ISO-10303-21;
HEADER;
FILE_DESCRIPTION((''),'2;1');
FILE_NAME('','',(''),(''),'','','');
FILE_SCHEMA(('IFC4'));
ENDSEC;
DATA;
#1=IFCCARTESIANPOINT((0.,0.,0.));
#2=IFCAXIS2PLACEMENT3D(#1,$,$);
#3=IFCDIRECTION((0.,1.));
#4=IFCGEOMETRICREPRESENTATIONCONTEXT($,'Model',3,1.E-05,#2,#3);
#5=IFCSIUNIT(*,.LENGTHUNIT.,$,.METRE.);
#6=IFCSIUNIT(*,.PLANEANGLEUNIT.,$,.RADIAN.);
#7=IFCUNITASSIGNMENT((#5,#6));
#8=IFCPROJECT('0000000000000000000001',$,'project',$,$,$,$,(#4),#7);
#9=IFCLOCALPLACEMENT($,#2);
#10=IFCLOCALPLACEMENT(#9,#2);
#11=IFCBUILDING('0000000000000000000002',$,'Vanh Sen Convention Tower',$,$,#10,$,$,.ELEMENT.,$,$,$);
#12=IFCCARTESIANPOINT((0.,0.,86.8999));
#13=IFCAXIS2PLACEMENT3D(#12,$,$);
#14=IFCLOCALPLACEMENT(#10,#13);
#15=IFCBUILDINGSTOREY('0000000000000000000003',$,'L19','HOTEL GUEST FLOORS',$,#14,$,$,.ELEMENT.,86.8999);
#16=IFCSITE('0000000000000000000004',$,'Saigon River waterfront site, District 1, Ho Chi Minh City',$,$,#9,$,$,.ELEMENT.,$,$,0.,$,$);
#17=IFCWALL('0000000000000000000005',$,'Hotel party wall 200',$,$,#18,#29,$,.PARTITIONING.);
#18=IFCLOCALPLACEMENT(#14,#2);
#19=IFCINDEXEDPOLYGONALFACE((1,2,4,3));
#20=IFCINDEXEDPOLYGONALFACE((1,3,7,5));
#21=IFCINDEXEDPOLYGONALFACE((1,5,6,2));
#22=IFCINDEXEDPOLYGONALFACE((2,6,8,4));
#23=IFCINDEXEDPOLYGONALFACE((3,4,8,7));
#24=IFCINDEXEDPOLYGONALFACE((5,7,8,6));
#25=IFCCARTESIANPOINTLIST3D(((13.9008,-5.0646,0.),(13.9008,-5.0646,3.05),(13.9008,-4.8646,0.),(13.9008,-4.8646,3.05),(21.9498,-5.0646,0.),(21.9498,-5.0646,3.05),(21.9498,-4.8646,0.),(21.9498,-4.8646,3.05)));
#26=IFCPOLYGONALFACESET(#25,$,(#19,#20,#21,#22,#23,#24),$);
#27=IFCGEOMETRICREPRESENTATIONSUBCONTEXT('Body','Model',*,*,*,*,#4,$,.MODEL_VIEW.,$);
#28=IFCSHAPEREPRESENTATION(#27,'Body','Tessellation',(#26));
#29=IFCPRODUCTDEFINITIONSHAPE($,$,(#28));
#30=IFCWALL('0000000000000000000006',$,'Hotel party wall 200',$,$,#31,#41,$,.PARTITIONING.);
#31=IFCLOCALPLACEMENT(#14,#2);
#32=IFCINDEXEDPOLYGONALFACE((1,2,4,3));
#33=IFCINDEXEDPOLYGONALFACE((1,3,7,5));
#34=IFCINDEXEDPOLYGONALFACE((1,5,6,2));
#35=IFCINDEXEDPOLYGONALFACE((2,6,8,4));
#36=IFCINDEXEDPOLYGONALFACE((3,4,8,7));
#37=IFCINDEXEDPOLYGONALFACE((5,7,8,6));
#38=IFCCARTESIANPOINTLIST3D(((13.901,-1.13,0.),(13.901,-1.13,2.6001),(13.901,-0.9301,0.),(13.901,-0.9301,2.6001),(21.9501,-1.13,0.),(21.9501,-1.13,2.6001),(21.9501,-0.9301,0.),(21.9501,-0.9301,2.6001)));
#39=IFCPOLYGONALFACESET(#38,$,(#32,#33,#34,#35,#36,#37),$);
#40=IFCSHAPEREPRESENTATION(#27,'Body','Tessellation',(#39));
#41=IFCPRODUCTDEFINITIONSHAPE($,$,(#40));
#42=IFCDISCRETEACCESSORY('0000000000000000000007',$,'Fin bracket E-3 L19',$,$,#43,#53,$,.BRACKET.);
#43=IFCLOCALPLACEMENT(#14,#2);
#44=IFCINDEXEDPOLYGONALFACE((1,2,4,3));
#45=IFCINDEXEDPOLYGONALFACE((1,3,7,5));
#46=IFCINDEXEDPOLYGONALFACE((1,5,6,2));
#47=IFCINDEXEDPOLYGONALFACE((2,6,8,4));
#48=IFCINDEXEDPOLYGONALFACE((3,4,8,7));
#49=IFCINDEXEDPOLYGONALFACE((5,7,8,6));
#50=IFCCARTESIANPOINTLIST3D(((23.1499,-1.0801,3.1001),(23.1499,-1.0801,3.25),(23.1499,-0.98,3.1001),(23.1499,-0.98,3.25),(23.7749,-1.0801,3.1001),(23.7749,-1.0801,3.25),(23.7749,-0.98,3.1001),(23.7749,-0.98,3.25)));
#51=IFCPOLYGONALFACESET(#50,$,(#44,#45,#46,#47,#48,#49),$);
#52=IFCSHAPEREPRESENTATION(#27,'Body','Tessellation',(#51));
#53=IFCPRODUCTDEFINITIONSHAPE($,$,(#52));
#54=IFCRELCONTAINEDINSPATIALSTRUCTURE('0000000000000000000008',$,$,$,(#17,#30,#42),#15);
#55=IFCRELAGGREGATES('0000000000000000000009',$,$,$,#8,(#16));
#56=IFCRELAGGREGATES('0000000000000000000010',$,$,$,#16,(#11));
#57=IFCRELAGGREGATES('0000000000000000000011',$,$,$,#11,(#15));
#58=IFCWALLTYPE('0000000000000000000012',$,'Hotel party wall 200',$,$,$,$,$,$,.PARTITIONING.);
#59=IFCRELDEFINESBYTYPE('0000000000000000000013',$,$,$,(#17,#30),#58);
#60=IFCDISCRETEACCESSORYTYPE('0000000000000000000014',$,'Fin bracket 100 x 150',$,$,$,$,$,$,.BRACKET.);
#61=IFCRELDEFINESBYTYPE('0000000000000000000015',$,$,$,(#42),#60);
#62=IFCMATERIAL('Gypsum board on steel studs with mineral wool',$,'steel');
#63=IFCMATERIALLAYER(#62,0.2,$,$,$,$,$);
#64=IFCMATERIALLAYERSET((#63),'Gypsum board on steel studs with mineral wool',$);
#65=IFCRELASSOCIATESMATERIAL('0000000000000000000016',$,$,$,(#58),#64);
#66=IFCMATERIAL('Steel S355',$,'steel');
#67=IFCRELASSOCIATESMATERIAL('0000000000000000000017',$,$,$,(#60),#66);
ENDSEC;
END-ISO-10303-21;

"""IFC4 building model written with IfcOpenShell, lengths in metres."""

from ifc_helpers import new_model, si_unit, direction, frame, frame_2d, origin, origin_2d, place, context, subcontext, project, spatial, rectangle, extrude, material, layer, layer_set, type_object, element, save


model = new_model("IFC4")

# Units and contexts
model_context = context("Model", 3, precision=1e-05, world=origin(), true_north=direction((0.0, 1.0)))
body_context = subcontext(model_context, "Body", "Model", "MODEL_VIEW")
ifc_project = project(units=[si_unit("LENGTHUNIT", "METRE"), si_unit("PLANEANGLEUNIT", "RADIAN")], contexts=[model_context])

# Site, building, storey
site_placement = place(None, origin())
site = spatial("IfcSite", under=ifc_project, at=site_placement, Name="Saigon River waterfront site, District 1, Ho Chi Minh City", CompositionType="ELEMENT", RefElevation=0.0)
building_placement = place(site_placement, origin())
building = spatial("IfcBuilding", under=site, at=building_placement, Name="Vanh Sen Convention Tower", CompositionType="ELEMENT")
storey_placement = place(building_placement, frame((0.0, 0.0, 86.8999)))
storey = spatial("IfcBuildingStorey", under=building, at=storey_placement, Name="L19", Description="HOTEL GUEST FLOORS", CompositionType="ELEMENT", Elevation=86.8999)

# Shared definitions
ifc_material_1 = material(Name="Gypsum board on steel studs with mineral wool", Category="steel")

# Walls
ifc_layer_1 = layer(ifc_material_1, 0.2)
ifc_layer_set_1 = layer_set([ifc_layer_1], Name="Gypsum board on steel studs with mineral wool")
wall_type_1 = type_object("IfcWallType", Name="Hotel party wall 200", PredefinedType="PARTITIONING", material=ifc_layer_set_1)
wall_1_placement = place(storey_placement, frame((13.9009, -4.9646, 0.0), z_axis=(0.0, 0.0, 1.0), x_axis=(1.0, 0.0, 0.0)))
element("IfcWall", 1, at=wall_1_placement, inside=storey, type_object=wall_type_1, Name="Hotel party wall 200", PredefinedType="PARTITIONING", context=body_context, shape_type="SweptSolid", body=[
    extrude(rectangle(XDim=8.0491, YDim=0.2, at=frame_2d((4.0244, 0.0))), origin(), (0.0, 0.0, 1.0), 3.05),
])
wall_2_placement = place(storey_placement, frame((21.95, -1.03, 0.0), z_axis=(0.0, 0.0, 1.0), x_axis=(-1.0, 0.0, 0.0)))
element("IfcWall", 2, at=wall_2_placement, inside=storey, type_object=wall_type_1, Name="Hotel party wall 200", PredefinedType="PARTITIONING", context=body_context, shape_type="SweptSolid", body=[
    extrude(rectangle(XDim=8.0491, YDim=0.2, at=frame_2d((4.0244, 0.0))), origin(), (0.0, 0.0, 1.0), 2.6001),
])

# Discrete accessory
ifc_material_2 = material(Name="Steel S355", Category="steel")
discrete_accessory_type = type_object("IfcDiscreteAccessoryType", Name="Fin bracket 100 x 150", PredefinedType="BRACKET", material=ifc_material_2)
discrete_accessory_placement = place(storey_placement, frame((23.4624, -1.03, 3.1001), z_axis=(0.0, 0.0, 1.0), x_axis=(1.0, 0.0, 0.0)))
element("IfcDiscreteAccessory", 3, at=discrete_accessory_placement, inside=storey, type_object=discrete_accessory_type, Name="Fin bracket E-3 L19", PredefinedType="BRACKET", context=body_context, shape_type="SweptSolid", body=[
    extrude(rectangle(XDim=0.625, YDim=0.1001, at=origin_2d()), origin(), (0.0, 0.0, 1.0), 0.1499),
])

save(model, "model.ifc")
